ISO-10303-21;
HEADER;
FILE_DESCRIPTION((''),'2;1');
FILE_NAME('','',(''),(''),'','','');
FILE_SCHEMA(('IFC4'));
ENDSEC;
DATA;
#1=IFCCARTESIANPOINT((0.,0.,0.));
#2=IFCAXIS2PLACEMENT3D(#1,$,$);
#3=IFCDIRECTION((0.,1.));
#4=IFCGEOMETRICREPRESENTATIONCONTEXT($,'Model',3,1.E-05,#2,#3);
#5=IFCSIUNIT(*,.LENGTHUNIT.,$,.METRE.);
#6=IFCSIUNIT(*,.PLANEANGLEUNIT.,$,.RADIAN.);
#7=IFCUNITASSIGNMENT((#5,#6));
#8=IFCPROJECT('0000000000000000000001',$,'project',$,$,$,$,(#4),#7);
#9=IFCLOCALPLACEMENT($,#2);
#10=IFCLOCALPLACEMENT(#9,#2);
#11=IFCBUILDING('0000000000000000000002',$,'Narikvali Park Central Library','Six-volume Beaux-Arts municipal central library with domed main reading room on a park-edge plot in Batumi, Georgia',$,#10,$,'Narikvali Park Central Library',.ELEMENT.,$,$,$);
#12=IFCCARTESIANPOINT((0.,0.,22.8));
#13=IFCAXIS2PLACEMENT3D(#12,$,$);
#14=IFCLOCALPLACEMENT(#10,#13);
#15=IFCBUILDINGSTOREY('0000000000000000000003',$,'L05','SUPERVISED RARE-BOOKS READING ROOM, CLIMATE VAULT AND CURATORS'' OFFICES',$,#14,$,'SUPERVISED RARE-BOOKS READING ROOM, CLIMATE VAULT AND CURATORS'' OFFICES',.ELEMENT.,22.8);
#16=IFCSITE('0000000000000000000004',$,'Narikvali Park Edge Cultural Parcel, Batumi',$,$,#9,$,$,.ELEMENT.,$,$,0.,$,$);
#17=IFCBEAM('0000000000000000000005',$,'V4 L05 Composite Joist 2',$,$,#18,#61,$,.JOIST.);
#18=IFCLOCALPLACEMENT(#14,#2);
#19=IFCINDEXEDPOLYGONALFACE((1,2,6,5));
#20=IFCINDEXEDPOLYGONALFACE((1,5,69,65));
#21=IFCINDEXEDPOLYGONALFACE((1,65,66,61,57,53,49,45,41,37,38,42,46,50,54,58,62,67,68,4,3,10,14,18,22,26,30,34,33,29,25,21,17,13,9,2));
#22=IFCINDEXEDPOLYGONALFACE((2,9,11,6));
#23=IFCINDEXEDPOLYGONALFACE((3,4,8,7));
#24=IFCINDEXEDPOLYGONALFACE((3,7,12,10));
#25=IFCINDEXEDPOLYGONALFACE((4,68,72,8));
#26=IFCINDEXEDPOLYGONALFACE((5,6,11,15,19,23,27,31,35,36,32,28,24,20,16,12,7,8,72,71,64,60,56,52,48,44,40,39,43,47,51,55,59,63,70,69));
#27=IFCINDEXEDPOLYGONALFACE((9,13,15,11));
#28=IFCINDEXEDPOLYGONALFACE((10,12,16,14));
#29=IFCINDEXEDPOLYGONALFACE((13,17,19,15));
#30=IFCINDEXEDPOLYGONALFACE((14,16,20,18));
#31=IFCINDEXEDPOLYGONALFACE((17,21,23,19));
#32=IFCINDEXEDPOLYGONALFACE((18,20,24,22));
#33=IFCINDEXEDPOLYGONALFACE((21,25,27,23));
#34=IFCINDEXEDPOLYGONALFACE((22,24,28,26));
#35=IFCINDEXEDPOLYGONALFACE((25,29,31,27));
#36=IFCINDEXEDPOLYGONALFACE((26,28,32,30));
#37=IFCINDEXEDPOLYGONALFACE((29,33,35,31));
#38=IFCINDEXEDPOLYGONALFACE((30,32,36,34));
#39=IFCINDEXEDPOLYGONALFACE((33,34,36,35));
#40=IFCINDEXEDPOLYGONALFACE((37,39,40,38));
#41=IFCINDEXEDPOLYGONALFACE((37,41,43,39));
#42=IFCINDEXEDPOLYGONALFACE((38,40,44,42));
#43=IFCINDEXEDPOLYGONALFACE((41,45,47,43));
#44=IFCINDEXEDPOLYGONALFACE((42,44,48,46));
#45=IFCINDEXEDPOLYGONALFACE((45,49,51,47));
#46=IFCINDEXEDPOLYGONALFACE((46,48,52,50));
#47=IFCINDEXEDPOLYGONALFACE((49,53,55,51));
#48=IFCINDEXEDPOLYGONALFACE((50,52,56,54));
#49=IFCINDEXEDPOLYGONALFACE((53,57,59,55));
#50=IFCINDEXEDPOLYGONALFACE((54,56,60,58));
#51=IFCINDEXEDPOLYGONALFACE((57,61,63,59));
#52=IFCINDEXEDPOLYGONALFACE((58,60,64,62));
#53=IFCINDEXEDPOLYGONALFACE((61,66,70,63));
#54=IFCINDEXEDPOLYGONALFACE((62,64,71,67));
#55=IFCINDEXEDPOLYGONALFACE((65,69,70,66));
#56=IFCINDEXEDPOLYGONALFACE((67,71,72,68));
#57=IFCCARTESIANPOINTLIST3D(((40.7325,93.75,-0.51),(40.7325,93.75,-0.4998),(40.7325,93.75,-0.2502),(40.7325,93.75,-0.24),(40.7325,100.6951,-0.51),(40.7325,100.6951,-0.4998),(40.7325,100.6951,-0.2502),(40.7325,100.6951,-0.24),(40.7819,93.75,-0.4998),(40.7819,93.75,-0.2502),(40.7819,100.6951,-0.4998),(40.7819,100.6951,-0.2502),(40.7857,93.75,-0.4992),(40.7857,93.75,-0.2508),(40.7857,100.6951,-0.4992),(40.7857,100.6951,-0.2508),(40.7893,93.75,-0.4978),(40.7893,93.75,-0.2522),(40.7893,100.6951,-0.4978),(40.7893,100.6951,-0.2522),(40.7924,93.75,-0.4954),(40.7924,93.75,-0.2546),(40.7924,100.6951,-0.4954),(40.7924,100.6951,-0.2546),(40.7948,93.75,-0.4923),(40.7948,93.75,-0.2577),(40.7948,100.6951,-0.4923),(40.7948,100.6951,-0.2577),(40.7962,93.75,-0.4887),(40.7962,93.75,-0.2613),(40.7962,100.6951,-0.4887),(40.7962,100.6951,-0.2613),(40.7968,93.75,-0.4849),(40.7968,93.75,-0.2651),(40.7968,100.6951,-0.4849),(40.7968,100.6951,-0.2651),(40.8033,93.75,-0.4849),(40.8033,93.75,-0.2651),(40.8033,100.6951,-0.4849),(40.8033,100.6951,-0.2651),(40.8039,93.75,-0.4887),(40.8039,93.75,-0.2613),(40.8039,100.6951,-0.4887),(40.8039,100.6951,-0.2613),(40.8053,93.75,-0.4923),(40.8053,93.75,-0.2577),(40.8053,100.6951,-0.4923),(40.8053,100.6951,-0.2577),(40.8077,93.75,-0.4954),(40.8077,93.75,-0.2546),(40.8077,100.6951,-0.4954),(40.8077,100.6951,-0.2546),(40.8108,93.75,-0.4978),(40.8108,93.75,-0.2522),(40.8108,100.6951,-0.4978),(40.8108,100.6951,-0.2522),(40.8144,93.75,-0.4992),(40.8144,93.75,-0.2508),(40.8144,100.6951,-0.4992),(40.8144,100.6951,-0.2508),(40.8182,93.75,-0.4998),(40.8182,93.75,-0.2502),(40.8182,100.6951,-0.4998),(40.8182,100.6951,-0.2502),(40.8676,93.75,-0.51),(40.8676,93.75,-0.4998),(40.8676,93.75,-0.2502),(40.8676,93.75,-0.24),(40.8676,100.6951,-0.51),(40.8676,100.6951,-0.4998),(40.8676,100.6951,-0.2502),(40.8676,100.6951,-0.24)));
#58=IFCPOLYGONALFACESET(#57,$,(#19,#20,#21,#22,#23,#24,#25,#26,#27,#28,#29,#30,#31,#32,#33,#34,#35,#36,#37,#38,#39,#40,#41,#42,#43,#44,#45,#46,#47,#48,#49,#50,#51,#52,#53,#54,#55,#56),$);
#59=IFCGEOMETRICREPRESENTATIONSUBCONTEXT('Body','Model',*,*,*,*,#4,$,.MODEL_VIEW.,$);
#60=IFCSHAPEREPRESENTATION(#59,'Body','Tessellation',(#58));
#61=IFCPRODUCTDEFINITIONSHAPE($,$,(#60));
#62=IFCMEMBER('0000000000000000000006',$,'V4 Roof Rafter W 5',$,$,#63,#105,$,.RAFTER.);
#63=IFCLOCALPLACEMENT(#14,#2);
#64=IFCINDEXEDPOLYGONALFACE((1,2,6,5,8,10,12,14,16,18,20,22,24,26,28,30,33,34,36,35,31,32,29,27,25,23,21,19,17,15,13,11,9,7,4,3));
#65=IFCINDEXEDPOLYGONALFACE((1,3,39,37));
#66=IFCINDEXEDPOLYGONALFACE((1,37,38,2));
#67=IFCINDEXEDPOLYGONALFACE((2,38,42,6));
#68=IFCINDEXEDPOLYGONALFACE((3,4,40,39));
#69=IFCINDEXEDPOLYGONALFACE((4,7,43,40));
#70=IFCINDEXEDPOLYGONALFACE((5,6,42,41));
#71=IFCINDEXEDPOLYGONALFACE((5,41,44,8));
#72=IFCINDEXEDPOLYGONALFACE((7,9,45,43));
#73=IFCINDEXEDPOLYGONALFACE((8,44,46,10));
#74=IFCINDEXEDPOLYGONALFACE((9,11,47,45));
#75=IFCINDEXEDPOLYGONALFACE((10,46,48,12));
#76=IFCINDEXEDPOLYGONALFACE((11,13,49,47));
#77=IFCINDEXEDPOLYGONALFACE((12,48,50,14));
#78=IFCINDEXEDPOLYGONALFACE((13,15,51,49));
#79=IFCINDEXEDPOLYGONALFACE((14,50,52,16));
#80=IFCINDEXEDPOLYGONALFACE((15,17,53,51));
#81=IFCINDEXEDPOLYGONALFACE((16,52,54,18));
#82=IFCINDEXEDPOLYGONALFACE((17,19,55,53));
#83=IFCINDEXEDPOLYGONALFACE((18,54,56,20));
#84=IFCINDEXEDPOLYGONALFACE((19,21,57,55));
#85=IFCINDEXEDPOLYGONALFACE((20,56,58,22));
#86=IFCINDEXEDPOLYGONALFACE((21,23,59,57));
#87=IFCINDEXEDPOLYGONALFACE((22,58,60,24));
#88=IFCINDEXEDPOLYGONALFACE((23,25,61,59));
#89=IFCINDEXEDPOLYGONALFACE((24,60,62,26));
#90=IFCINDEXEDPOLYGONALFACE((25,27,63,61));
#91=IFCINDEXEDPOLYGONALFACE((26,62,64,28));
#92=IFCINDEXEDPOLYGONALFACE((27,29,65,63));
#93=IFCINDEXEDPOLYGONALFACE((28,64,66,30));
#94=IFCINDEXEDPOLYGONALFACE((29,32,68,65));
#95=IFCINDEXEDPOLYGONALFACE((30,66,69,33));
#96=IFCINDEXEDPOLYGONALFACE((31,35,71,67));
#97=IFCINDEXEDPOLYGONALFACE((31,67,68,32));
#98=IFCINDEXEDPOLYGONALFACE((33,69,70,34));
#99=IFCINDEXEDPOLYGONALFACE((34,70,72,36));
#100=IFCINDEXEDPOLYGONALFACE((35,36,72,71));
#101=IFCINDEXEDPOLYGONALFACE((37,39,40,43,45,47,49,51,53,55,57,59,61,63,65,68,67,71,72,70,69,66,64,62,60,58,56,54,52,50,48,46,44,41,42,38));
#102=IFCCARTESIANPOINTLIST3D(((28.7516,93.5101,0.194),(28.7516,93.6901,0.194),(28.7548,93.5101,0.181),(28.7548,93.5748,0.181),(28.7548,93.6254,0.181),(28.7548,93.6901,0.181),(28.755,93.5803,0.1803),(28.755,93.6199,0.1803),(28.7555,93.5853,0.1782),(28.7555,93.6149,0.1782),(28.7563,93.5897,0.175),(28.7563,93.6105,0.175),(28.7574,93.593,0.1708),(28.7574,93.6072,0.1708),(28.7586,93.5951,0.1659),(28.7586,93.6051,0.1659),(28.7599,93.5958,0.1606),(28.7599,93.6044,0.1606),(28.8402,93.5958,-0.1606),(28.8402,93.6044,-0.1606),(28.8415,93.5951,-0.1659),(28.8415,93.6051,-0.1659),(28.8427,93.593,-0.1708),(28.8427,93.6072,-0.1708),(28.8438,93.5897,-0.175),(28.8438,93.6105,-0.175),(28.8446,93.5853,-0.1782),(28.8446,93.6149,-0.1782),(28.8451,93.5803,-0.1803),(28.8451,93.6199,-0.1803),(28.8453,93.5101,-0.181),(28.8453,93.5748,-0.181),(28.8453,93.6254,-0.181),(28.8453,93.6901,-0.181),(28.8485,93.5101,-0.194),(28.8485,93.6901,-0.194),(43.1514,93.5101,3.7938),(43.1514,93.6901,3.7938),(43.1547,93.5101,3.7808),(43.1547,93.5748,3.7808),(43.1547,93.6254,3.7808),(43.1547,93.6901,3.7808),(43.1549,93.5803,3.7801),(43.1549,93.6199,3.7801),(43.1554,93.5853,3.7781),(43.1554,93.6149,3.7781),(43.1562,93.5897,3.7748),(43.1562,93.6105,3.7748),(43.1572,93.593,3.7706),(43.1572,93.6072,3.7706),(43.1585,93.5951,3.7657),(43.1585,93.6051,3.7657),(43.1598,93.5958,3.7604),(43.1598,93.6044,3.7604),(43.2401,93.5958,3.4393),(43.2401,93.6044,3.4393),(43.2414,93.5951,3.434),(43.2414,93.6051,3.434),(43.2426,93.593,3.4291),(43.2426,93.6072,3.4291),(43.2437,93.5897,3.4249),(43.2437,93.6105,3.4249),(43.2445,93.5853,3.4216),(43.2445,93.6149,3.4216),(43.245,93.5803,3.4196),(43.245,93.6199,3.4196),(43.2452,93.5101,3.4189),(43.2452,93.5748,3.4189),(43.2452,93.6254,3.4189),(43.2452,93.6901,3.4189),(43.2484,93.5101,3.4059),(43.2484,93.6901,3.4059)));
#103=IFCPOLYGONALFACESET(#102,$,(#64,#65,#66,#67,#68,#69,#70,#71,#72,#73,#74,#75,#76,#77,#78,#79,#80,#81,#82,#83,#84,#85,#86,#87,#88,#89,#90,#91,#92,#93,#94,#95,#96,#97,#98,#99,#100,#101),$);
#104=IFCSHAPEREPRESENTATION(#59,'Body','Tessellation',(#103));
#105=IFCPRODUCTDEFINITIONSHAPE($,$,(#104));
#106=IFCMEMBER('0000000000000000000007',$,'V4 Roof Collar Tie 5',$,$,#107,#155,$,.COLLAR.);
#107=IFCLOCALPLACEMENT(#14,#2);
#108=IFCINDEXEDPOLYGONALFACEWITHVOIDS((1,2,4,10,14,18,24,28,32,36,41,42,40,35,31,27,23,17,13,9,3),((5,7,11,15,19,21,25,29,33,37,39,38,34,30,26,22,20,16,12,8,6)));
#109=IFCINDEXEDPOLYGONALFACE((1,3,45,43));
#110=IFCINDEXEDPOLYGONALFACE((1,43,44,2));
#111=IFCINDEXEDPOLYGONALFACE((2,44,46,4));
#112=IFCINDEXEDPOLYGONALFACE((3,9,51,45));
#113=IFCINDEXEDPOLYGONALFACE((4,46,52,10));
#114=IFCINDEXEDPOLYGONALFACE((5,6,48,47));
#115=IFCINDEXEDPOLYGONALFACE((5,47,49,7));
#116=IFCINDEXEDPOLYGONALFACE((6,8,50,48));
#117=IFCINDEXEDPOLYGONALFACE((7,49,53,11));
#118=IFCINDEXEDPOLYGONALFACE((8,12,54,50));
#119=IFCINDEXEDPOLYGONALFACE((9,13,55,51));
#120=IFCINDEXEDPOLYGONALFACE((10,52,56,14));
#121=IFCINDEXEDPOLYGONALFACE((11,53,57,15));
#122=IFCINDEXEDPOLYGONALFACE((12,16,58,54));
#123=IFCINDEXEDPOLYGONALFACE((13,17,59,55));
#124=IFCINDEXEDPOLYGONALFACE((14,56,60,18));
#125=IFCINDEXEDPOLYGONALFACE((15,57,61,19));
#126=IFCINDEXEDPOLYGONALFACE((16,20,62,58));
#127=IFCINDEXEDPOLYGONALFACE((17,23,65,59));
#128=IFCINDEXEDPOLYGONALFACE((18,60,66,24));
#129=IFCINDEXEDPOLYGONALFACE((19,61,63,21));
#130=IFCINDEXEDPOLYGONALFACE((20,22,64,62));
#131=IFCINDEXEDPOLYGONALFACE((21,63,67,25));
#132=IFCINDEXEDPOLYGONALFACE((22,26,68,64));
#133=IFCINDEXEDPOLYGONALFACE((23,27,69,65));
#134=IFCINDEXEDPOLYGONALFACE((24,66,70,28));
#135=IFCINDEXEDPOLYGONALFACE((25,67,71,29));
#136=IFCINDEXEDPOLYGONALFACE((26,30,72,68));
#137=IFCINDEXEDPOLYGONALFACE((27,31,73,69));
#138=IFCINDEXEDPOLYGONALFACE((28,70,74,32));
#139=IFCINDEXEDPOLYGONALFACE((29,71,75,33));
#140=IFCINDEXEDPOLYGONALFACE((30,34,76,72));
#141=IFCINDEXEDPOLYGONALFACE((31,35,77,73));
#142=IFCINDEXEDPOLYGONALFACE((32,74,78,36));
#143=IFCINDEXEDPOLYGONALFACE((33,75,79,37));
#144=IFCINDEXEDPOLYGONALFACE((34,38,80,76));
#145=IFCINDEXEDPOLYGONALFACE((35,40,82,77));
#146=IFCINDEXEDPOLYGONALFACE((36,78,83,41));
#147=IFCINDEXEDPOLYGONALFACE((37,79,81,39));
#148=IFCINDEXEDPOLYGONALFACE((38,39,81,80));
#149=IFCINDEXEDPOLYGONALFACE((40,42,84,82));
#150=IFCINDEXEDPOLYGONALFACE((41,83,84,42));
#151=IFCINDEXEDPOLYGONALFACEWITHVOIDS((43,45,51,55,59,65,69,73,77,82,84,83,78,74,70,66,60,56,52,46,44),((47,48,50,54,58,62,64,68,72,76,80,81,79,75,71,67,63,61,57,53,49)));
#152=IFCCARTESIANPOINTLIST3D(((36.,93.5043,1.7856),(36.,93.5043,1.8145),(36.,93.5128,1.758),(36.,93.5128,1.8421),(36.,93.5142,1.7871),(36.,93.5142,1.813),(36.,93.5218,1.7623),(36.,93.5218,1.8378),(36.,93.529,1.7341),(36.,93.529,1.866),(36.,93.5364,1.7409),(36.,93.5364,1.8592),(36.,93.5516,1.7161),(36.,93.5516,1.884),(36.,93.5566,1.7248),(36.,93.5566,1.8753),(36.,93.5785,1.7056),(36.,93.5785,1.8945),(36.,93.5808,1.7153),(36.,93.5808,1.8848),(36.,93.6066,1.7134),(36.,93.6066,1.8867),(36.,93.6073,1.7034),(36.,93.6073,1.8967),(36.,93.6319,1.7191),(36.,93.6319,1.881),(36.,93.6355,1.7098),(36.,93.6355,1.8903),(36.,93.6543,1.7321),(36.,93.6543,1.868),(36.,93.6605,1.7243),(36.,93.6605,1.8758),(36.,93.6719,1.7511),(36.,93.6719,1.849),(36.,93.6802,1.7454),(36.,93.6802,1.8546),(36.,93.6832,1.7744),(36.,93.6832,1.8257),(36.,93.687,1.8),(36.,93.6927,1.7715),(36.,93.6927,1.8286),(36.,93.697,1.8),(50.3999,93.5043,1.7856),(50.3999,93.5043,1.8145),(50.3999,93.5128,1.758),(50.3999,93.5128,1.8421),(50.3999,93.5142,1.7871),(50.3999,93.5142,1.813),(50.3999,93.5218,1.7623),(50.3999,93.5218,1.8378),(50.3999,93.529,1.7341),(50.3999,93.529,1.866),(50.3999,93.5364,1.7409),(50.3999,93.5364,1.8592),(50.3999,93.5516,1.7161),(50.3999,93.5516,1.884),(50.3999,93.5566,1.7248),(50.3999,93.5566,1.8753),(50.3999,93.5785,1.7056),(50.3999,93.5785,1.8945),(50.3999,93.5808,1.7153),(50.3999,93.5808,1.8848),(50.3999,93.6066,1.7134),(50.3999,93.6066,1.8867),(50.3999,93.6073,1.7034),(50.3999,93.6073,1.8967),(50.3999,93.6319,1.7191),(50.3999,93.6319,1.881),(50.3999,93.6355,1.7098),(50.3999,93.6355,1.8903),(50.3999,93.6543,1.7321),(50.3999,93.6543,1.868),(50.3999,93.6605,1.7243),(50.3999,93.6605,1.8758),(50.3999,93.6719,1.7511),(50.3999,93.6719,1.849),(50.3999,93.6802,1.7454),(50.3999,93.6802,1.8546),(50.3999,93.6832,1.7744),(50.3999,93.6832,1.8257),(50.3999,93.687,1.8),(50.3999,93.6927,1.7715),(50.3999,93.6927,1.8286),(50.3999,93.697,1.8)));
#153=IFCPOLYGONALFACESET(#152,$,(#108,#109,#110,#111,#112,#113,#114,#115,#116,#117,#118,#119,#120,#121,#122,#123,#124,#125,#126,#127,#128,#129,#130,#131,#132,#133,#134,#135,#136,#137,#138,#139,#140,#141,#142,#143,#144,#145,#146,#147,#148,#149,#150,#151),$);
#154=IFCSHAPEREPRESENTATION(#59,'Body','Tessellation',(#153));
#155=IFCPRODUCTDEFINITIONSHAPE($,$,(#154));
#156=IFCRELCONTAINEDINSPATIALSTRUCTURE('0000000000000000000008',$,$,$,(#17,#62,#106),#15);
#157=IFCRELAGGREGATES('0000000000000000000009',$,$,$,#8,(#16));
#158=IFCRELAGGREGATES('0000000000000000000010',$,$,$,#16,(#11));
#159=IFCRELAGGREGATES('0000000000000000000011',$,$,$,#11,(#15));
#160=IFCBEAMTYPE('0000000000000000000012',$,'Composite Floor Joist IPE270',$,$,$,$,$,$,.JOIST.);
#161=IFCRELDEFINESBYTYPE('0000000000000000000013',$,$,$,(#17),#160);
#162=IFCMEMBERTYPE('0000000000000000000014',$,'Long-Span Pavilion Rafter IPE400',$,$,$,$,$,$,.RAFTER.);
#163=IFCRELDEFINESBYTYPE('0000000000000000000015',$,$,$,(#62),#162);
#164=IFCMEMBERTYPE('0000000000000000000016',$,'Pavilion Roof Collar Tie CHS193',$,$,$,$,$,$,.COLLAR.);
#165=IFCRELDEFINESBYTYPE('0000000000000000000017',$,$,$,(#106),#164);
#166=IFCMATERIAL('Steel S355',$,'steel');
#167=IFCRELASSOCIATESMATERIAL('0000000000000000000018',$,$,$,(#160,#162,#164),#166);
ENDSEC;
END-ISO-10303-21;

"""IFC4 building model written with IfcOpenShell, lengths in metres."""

from ifc_helpers import new_model, si_unit, direction, frame, origin, origin_2d, place, context, subcontext, project, spatial, hollow_circle, i_section, extrude, material, material_profile, profile_set, type_object, element, save


model = new_model("IFC4")

# Units and contexts
model_context = context("Model", 3, precision=1e-05, world=origin(), true_north=direction((0.0, 1.0)))
body_context = subcontext(model_context, "Body", "Model", "MODEL_VIEW")
ifc_project = project(units=[si_unit("LENGTHUNIT", "METRE"), si_unit("PLANEANGLEUNIT", "RADIAN")], contexts=[model_context])

# Site, building, storey
site_placement = place(None, origin())
site = spatial("IfcSite", under=ifc_project, at=site_placement, Name="Narikvali Park Edge Cultural Parcel, Batumi", CompositionType="ELEMENT", RefElevation=0.0)
building_placement = place(site_placement, origin())
building = spatial("IfcBuilding", under=site, at=building_placement, Name="Narikvali Park Central Library", Description="Six-volume Beaux-Arts municipal central library with domed main reading room on a park-edge plot in Batumi, Georgia", LongName="Narikvali Park Central Library", CompositionType="ELEMENT")
storey_placement = place(building_placement, frame((0.0, 0.0, 22.8)))
storey = spatial("IfcBuildingStorey", under=building, at=storey_placement, Name="L05", Description="SUPERVISED RARE-BOOKS READING ROOM, CLIMATE VAULT AND CURATORS' OFFICES", LongName="SUPERVISED RARE-BOOKS READING ROOM, CLIMATE VAULT AND CURATORS' OFFICES", CompositionType="ELEMENT", Elevation=22.8)

# Shared definitions
ifc_material_1 = material(Name="Steel S355", Category="steel")

# Beam
ifc_material_profile_1 = material_profile(ifc_material_1, i_section(OverallWidth=0.135, OverallDepth=0.27, WebThickness=0.0066, FlangeThickness=0.0103, FilletRadius=0.0149, at=origin_2d()), Name="IPE 270")
ifc_profile_set_1 = profile_set([ifc_material_profile_1], Name="Steel S355")
beam_type_1 = type_object("IfcBeamType", Name="Composite Floor Joist IPE270", PredefinedType="JOIST", material=ifc_profile_set_1)
for number, where, z_axis, x_axis, name in (
    (1, (40.8, 93.75, -0.375), (0.0, 1.0, 0.0), (-1.0, 0.0, 0.0), "V4 L05 Composite Joist 2"),
):
    element("IfcBeam", number, at=place(storey_placement, frame(where, z_axis=z_axis, x_axis=x_axis)), inside=storey, type_object=beam_type_1, Name=name, PredefinedType="JOIST", context=body_context, shape_type="SweptSolid", body=[
        extrude(i_section(OverallWidth=0.135, OverallDepth=0.27, WebThickness=0.0066, FlangeThickness=0.0103, FilletRadius=0.0149, at=origin_2d()), origin(), (0.0, 0.0, 1.0), 6.9451),
    ])

# Members
ifc_material_profile_2 = material_profile(ifc_material_1, i_section(OverallWidth=0.1799, OverallDepth=0.3999, WebThickness=0.0085, FlangeThickness=0.0134, FilletRadius=0.021, at=origin_2d()), Name="IPE 400")
ifc_profile_set_2 = profile_set([ifc_material_profile_2], Name="Steel S355")
member_type_1 = type_object("IfcMemberType", Name="Long-Span Pavilion Rafter IPE400", PredefinedType="RAFTER", material=ifc_profile_set_2)
member_1_placement = place(storey_placement, frame((28.8, 93.6001, 0.0), z_axis=(0.970144, 0.0, 0.242528), x_axis=(0.0, 1.0, 0.0)))
element("IfcMember", 2, at=member_1_placement, inside=storey, type_object=member_type_1, Name="V4 Roof Rafter W 5", PredefinedType="RAFTER", context=body_context, shape_type="SweptSolid", body=[
    extrude(i_section(OverallWidth=0.1799, OverallDepth=0.3999, WebThickness=0.0085, FlangeThickness=0.0134, FilletRadius=0.021, at=origin_2d()), origin(), (0.0, 0.0, 1.0), 14.843),
])
ifc_material_profile_3 = material_profile(ifc_material_1, hollow_circle(Radius=0.0969, WallThickness=0.01, at=origin_2d()), Name="CHS 193.7x10")
ifc_profile_set_3 = profile_set([ifc_material_profile_3], Name="Steel S355")
member_type_2 = type_object("IfcMemberType", Name="Pavilion Roof Collar Tie CHS193", PredefinedType="COLLAR", material=ifc_profile_set_3)
member_2_placement = place(storey_placement, frame((36.0, 93.6001, 1.8), z_axis=(1.0, 0.0, 0.0), x_axis=(0.0, 1.0, 0.0)))
element("IfcMember", 3, at=member_2_placement, inside=storey, type_object=member_type_2, Name="V4 Roof Collar Tie 5", PredefinedType="COLLAR", context=body_context, shape_type="SweptSolid", body=[
    extrude(hollow_circle(Radius=0.0969, WallThickness=0.01, at=origin_2d()), origin(), (0.0, 0.0, 1.0), 14.3999),
])

save(model, "model.ifc")
